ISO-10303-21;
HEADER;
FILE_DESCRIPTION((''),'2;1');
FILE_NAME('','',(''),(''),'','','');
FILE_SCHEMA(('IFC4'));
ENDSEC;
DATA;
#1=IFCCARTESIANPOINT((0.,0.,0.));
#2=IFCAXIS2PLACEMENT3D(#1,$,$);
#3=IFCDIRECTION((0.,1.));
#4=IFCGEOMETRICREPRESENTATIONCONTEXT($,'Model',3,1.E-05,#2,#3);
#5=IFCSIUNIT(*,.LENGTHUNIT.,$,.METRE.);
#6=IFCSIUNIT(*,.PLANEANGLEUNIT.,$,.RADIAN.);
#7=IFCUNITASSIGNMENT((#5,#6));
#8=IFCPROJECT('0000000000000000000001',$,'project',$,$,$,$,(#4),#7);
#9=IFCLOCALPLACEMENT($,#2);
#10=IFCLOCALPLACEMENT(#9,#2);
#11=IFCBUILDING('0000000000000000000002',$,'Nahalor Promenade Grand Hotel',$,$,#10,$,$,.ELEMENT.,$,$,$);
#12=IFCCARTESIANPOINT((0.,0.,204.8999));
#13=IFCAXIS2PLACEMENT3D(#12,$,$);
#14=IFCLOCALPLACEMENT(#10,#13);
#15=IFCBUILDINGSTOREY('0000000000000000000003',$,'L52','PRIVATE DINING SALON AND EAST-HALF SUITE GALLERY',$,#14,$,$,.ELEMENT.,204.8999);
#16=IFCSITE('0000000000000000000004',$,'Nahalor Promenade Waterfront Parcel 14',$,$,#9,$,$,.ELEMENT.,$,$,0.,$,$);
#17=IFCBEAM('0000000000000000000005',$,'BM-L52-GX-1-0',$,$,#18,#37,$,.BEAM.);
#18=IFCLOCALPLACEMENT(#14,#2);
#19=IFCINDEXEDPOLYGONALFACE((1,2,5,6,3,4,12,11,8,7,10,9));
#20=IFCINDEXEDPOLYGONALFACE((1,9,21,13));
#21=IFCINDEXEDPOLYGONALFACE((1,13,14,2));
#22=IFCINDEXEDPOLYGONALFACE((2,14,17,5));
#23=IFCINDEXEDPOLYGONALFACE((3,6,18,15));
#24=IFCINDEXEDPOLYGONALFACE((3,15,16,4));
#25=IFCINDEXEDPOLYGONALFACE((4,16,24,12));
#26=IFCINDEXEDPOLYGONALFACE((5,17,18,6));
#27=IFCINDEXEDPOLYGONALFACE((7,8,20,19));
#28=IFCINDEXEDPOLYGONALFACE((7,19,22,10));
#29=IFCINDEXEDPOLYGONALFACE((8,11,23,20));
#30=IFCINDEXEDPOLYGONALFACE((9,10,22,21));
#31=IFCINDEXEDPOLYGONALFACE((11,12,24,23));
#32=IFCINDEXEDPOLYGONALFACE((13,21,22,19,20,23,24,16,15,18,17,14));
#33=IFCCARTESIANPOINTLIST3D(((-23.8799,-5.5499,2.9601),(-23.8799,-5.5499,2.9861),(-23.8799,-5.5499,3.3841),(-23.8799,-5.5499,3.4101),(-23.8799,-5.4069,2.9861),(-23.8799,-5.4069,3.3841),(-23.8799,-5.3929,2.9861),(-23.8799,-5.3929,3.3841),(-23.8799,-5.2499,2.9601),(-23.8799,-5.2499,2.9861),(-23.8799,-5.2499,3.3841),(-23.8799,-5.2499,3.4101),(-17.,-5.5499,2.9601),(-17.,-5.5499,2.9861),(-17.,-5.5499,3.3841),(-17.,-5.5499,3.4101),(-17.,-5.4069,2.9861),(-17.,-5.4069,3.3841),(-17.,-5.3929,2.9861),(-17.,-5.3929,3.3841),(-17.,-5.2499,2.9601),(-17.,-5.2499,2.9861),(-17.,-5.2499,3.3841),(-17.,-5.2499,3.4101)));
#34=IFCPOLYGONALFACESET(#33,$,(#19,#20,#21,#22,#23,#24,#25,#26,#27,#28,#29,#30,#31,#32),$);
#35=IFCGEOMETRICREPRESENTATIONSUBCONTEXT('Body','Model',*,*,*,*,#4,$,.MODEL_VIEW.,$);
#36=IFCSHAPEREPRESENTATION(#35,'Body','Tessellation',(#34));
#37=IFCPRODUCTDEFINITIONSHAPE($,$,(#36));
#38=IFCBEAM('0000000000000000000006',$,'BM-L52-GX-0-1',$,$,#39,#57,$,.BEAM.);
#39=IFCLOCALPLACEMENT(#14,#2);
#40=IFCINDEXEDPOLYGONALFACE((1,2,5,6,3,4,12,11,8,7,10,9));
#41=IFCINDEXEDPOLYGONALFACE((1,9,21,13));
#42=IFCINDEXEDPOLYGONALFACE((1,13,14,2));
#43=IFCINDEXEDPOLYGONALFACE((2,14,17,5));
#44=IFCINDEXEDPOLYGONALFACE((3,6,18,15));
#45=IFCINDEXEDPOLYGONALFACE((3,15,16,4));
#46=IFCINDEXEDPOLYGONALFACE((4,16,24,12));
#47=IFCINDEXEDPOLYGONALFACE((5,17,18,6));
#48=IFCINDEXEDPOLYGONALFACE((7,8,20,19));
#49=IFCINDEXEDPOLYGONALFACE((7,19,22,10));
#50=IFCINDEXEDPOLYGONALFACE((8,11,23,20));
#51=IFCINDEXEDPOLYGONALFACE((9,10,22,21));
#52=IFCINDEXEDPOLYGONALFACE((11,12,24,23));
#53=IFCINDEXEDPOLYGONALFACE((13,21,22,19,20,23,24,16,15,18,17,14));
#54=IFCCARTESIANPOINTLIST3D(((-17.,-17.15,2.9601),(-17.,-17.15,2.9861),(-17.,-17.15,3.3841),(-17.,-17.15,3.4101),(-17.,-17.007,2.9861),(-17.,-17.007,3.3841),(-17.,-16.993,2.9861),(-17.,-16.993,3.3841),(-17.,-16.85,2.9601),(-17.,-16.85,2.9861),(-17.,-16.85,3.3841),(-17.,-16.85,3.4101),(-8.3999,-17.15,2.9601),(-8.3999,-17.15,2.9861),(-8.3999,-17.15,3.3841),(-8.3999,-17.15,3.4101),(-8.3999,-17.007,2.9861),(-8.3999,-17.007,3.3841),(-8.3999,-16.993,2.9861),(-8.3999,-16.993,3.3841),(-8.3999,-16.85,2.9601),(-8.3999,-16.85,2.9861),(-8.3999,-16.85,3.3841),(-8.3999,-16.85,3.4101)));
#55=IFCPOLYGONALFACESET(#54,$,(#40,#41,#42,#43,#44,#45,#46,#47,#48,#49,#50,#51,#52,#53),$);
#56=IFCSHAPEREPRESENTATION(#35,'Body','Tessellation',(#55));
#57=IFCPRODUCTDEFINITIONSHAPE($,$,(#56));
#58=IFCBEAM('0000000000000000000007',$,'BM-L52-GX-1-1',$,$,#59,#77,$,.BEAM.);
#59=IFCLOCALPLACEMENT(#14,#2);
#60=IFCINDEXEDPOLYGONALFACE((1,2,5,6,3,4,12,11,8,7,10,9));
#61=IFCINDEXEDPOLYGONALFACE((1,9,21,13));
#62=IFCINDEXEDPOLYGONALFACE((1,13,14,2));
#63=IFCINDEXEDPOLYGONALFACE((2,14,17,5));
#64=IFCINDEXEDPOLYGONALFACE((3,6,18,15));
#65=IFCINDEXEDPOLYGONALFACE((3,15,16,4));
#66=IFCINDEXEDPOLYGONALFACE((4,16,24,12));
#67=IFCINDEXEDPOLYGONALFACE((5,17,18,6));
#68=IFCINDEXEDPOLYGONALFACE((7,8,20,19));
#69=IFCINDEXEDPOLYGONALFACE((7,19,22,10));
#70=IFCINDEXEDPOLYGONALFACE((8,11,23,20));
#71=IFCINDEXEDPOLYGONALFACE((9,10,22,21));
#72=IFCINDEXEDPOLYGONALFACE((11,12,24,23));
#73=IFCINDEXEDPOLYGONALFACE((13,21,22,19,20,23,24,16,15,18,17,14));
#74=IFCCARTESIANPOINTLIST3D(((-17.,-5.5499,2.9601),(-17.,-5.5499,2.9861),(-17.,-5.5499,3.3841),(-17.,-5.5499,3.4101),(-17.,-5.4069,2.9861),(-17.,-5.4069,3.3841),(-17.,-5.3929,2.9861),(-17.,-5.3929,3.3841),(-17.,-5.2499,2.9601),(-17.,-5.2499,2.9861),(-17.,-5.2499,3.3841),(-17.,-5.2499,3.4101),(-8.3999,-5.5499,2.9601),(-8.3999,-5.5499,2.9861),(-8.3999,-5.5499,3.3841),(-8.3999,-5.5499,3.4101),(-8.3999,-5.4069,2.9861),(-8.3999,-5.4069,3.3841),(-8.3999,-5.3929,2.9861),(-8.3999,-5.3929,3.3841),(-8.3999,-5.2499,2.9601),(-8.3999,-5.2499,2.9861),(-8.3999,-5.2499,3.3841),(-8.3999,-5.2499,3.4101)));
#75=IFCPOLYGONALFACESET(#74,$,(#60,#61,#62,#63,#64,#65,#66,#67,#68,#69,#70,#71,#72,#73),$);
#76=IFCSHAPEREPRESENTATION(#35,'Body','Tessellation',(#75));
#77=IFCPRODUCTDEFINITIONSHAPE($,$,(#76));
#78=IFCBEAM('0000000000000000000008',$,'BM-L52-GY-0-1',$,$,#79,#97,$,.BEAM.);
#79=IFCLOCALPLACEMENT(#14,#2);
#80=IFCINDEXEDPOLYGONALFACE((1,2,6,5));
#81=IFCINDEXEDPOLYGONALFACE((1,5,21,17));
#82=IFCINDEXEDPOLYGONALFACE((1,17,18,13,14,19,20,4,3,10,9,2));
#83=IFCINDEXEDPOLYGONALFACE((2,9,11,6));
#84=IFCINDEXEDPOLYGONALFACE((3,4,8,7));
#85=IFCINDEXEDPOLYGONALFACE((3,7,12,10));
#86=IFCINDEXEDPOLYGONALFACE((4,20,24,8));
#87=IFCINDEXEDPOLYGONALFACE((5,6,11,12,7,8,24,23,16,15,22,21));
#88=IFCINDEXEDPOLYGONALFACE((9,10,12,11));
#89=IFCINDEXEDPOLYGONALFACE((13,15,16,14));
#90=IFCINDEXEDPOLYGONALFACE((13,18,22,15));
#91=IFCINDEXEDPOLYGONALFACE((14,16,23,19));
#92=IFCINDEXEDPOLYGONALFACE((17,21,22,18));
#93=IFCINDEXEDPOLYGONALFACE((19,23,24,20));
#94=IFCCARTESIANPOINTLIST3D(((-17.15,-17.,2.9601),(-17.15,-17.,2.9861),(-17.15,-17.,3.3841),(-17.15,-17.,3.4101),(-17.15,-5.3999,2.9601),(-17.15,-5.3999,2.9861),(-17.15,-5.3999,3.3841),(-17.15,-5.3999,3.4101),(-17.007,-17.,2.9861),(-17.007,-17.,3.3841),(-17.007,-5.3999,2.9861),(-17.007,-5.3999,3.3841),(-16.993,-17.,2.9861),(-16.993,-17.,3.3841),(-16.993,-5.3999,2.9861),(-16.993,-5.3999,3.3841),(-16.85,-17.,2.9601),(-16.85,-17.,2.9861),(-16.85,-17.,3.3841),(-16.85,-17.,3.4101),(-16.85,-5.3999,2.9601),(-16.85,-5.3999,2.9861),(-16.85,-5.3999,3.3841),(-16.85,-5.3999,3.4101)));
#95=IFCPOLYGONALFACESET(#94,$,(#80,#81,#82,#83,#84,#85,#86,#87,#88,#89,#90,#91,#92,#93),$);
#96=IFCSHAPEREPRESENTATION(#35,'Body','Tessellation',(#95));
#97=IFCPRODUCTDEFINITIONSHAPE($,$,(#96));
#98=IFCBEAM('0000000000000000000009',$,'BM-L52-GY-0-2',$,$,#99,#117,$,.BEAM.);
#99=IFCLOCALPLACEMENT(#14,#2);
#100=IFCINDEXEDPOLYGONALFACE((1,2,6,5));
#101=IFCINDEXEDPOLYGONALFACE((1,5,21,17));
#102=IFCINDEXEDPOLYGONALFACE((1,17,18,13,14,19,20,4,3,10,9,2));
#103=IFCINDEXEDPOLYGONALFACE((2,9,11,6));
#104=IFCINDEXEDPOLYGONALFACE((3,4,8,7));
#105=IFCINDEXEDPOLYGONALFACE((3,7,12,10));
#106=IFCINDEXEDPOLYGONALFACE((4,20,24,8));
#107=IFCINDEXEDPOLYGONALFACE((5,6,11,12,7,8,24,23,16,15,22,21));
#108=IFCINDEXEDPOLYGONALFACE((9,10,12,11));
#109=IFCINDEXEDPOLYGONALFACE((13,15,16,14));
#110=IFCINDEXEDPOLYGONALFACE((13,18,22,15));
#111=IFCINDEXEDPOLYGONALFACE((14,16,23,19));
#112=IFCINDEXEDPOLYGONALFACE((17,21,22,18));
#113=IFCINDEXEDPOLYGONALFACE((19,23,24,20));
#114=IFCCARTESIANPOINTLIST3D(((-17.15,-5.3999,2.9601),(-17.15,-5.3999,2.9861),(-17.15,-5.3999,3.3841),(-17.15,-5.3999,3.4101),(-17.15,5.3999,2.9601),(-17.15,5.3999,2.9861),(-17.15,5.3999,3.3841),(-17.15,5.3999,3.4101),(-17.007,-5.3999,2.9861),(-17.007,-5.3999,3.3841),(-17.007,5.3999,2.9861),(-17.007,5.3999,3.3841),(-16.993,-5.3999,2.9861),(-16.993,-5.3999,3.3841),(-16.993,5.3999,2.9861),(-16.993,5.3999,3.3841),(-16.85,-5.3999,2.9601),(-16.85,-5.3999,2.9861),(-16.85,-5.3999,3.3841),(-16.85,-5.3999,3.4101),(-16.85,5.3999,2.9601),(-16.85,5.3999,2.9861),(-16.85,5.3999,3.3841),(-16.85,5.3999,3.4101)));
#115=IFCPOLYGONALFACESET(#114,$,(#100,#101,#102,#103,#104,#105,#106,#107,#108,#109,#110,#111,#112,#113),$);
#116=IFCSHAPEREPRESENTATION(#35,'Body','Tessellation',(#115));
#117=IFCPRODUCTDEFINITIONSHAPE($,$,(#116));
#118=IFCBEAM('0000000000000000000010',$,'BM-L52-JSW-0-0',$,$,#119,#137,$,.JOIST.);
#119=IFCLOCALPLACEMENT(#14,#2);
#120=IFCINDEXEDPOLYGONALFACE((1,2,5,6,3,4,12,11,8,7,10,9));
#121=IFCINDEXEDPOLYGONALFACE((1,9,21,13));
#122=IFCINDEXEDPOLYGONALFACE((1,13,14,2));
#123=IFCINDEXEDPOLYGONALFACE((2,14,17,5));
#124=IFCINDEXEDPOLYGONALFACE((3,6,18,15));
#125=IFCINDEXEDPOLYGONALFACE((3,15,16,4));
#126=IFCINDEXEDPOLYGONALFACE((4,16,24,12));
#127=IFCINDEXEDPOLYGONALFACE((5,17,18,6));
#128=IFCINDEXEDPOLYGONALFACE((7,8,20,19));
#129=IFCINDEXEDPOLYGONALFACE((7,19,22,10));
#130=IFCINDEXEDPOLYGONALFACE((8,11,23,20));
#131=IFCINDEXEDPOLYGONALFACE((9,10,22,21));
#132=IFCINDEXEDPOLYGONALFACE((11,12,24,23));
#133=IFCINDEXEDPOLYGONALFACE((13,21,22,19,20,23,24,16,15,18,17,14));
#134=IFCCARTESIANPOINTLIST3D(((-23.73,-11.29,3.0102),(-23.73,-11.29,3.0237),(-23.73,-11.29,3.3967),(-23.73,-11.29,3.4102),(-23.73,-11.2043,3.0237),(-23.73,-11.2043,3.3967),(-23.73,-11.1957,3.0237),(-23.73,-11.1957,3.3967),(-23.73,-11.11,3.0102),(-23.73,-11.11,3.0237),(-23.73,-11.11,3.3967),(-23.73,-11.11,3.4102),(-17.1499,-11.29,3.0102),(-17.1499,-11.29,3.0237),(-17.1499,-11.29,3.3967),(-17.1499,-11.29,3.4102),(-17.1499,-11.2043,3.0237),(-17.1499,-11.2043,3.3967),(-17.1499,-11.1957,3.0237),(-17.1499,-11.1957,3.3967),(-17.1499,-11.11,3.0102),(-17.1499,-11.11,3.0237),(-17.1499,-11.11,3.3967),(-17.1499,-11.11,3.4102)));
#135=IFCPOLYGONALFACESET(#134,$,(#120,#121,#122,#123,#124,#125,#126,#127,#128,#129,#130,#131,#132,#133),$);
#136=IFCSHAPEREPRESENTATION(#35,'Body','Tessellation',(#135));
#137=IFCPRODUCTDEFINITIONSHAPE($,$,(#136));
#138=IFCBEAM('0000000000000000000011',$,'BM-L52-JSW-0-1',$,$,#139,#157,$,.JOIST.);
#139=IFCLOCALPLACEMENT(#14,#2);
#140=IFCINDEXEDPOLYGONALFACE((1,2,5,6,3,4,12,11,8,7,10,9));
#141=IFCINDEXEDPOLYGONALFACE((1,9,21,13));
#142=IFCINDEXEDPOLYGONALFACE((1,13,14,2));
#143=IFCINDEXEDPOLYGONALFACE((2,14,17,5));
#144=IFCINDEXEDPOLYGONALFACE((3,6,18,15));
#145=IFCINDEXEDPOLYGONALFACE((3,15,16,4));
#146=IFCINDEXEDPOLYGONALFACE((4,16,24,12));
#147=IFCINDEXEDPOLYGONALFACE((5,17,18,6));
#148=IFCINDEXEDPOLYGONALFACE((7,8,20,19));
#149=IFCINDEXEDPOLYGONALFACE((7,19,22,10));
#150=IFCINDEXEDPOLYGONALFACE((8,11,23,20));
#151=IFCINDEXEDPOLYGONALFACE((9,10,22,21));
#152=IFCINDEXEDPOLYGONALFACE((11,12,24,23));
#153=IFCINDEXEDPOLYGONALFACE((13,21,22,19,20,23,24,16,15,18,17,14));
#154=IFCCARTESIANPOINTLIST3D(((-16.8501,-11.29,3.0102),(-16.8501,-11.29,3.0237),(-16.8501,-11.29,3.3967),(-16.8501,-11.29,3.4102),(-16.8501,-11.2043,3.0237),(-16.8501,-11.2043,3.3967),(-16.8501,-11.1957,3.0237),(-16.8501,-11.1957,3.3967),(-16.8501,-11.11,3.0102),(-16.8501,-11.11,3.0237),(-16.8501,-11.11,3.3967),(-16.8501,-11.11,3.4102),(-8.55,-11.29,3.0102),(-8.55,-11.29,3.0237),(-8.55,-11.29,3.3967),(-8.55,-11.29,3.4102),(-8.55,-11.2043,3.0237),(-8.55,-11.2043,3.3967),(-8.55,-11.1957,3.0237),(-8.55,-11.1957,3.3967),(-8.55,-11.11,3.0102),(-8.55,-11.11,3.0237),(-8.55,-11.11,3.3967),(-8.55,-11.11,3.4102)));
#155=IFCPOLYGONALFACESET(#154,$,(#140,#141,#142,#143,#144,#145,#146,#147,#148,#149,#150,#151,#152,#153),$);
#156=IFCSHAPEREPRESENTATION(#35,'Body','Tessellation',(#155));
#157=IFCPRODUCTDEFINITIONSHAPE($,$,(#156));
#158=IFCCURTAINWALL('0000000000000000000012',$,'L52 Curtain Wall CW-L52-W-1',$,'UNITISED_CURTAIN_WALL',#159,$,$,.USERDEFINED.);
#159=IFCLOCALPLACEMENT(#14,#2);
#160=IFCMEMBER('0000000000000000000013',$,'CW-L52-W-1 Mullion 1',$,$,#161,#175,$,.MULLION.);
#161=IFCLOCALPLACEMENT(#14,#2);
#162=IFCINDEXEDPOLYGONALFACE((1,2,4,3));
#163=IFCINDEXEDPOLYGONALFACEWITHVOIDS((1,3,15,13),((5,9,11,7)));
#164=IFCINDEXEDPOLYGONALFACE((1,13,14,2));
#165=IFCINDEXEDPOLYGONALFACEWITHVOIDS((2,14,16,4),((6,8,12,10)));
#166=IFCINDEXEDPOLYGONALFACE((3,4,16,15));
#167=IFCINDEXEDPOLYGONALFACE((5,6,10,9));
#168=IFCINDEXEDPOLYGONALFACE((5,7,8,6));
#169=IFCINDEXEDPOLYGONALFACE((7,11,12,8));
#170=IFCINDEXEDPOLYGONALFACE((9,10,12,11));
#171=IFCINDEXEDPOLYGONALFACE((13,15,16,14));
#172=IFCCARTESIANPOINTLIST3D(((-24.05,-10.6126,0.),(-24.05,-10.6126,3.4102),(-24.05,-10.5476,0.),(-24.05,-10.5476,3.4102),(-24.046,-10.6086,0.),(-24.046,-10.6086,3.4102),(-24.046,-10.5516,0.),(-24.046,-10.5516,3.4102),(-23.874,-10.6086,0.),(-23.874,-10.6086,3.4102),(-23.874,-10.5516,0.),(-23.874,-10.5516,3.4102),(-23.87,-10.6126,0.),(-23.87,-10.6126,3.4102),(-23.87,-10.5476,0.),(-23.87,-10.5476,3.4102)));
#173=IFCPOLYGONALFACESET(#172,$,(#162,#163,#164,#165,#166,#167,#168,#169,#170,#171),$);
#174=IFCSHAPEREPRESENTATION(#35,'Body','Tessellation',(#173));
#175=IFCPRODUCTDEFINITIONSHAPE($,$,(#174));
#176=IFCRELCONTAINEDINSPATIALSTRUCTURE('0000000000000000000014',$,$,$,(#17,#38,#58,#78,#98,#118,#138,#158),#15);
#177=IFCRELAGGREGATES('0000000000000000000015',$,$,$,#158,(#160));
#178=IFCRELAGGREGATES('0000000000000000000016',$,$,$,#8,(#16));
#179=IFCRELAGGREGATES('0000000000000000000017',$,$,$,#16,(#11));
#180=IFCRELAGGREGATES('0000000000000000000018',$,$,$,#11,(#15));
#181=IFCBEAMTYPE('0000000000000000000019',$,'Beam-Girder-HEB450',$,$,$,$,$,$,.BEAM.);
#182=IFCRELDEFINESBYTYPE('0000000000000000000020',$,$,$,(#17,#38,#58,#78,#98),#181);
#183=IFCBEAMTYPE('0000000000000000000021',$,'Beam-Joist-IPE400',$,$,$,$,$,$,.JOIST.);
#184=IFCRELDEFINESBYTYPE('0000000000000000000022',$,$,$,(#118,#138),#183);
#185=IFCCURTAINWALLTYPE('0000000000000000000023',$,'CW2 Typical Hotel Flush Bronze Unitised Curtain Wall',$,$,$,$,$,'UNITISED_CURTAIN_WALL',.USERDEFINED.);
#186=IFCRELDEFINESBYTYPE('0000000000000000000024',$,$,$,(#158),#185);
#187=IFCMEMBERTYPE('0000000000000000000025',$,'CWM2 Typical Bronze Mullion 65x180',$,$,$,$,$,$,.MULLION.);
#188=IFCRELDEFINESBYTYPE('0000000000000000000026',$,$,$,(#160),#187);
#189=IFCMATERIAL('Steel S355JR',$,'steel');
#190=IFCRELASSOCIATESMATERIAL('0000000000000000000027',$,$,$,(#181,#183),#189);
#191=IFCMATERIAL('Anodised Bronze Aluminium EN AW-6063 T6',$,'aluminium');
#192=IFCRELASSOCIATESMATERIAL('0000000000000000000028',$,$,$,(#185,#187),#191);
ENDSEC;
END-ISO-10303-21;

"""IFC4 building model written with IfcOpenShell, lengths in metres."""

from ifc_helpers import new_model, si_unit, direction, frame, origin, origin_2d, place, context, subcontext, project, spatial, hollow_rectangle, i_section, extrude, source, transform, mapped, material, material_profile, profile_set, type_object, element, aggregate, save


model = new_model("IFC4")

# Units and contexts
model_context = context("Model", 3, precision=1e-05, world=origin(), true_north=direction((0.0, 1.0)))
body_context = subcontext(model_context, "Body", "Model", "MODEL_VIEW")
ifc_project = project(units=[si_unit("LENGTHUNIT", "METRE"), si_unit("PLANEANGLEUNIT", "RADIAN")], contexts=[model_context])

# Site, building, storey
site_placement = place(None, origin())
site = spatial("IfcSite", under=ifc_project, at=site_placement, Name="Nahalor Promenade Waterfront Parcel 14", CompositionType="ELEMENT", RefElevation=0.0)
building_placement = place(site_placement, origin())
building = spatial("IfcBuilding", under=site, at=building_placement, Name="Nahalor Promenade Grand Hotel", CompositionType="ELEMENT")
storey_placement = place(building_placement, frame((0.0, 0.0, 204.8999)))
storey = spatial("IfcBuildingStorey", under=building, at=storey_placement, Name="L52", Description="PRIVATE DINING SALON AND EAST-HALF SUITE GALLERY", CompositionType="ELEMENT", Elevation=204.8999)

# Shared definitions
ifc_material_1 = material(Name="Steel S355JR", Category="steel")

# Beams
ifc_material_profile_1 = material_profile(ifc_material_1, i_section(OverallWidth=0.3, OverallDepth=0.45, WebThickness=0.014, FlangeThickness=0.026, at=origin_2d()), Name="HEB 450")
ifc_profile_set_1 = profile_set([ifc_material_profile_1], Name="Steel S355JR")
beam_type_1 = type_object("IfcBeamType", Name="Beam-Girder-HEB450", PredefinedType="BEAM", material=ifc_profile_set_1)
shared_shape_1 = source(origin(), body_context, "Body", "SweptSolid", [
    extrude(i_section(OverallWidth=0.3, OverallDepth=0.45, WebThickness=0.014, FlangeThickness=0.026, at=origin_2d()), origin(), (0.0, 0.0, 1.0), 6.8799),
])
for number, where, z_axis, x_axis, name in (
    (1, (-23.8799, -5.3999, 3.1851), (1.0, 0.0, 0.0), (0.0, 1.0, 0.0), "BM-L52-GX-1-0"),
):
    element("IfcBeam", number, at=place(storey_placement, frame(where, z_axis=z_axis, x_axis=x_axis)), inside=storey, type_object=beam_type_1, Name=name, PredefinedType="BEAM", context=body_context, shape_type="MappedRepresentation", body=[
        mapped(shared_shape_1, transform((0.0, 0.0, 0.0), scale=1.0)),
    ])
shared_shape_2 = source(origin(), body_context, "Body", "SweptSolid", [
    extrude(i_section(OverallWidth=0.3, OverallDepth=0.45, WebThickness=0.014, FlangeThickness=0.026, at=origin_2d()), origin(), (0.0, 0.0, 1.0), 8.6001),
])
for number, where, z_axis, x_axis, name in (
    (2, (-17.0, -17.0, 3.1851), (1.0, 0.0, 0.0), (0.0, 1.0, 0.0), "BM-L52-GX-0-1"),
    (3, (-17.0, -5.3999, 3.1851), (1.0, 0.0, 0.0), (0.0, 1.0, 0.0), "BM-L52-GX-1-1"),
):
    element("IfcBeam", number, at=place(storey_placement, frame(where, z_axis=z_axis, x_axis=x_axis)), inside=storey, type_object=beam_type_1, Name=name, PredefinedType="BEAM", context=body_context, shape_type="MappedRepresentation", body=[
        mapped(shared_shape_2, transform((0.0, 0.0, 0.0), scale=1.0)),
    ])
shared_shape_3 = source(origin(), body_context, "Body", "SweptSolid", [
    extrude(i_section(OverallWidth=0.3, OverallDepth=0.45, WebThickness=0.014, FlangeThickness=0.026, at=origin_2d()), origin(), (0.0, 0.0, 1.0), 11.6001),
])
beam_1_placement = place(storey_placement, frame((-17.0, -17.0, 3.1851), z_axis=(0.0, 1.0, 0.0), x_axis=(-1.0, 0.0, 0.0)))
element("IfcBeam", 4, at=beam_1_placement, inside=storey, type_object=beam_type_1, Name="BM-L52-GY-0-1", PredefinedType="BEAM", context=body_context, shape_type="MappedRepresentation", body=[
    mapped(shared_shape_3, transform((0.0, 0.0, 0.0), scale=1.0)),
])
shared_shape_4 = source(origin(), body_context, "Body", "SweptSolid", [
    extrude(i_section(OverallWidth=0.3, OverallDepth=0.45, WebThickness=0.014, FlangeThickness=0.026, at=origin_2d()), origin(), (0.0, 0.0, 1.0), 10.7998),
])
beam_2_placement = place(storey_placement, frame((-17.0, -5.3999, 3.1851), z_axis=(0.0, 1.0, 0.0), x_axis=(-1.0, 0.0, 0.0)))
element("IfcBeam", 5, at=beam_2_placement, inside=storey, type_object=beam_type_1, Name="BM-L52-GY-0-2", PredefinedType="BEAM", context=body_context, shape_type="MappedRepresentation", body=[
    mapped(shared_shape_4, transform((0.0, 0.0, 0.0), scale=1.0)),
])
ifc_material_profile_2 = material_profile(ifc_material_1, i_section(OverallWidth=0.18, OverallDepth=0.4, WebThickness=0.0086, FlangeThickness=0.0135, at=origin_2d()), Name="IPE 400")
ifc_profile_set_2 = profile_set([ifc_material_profile_2], Name="Steel S355JR")
beam_type_2 = type_object("IfcBeamType", Name="Beam-Joist-IPE400", PredefinedType="JOIST", material=ifc_profile_set_2)
shared_shape_5 = source(origin(), body_context, "Body", "SweptSolid", [
    extrude(i_section(OverallWidth=0.18, OverallDepth=0.4, WebThickness=0.0086, FlangeThickness=0.0135, at=origin_2d()), origin(), (0.0, 0.0, 1.0), 6.5801),
])
beam_3_placement = place(storey_placement, frame((-23.73, -11.2, 3.2102), z_axis=(1.0, 0.0, 0.0), x_axis=(0.0, 1.0, 0.0)))
element("IfcBeam", 6, at=beam_3_placement, inside=storey, type_object=beam_type_2, Name="BM-L52-JSW-0-0", PredefinedType="JOIST", context=body_context, shape_type="MappedRepresentation", body=[
    mapped(shared_shape_5, transform((0.0, 0.0, 0.0), scale=1.0)),
])
shared_shape_6 = source(origin(), body_context, "Body", "SweptSolid", [
    extrude(i_section(OverallWidth=0.18, OverallDepth=0.4, WebThickness=0.0086, FlangeThickness=0.0135, at=origin_2d()), origin(), (0.0, 0.0, 1.0), 8.3),
])
beam_4_placement = place(storey_placement, frame((-16.8501, -11.2, 3.2102), z_axis=(1.0, 0.0, 0.0), x_axis=(0.0, 1.0, 0.0)))
element("IfcBeam", 7, at=beam_4_placement, inside=storey, type_object=beam_type_2, Name="BM-L52-JSW-0-1", PredefinedType="JOIST", context=body_context, shape_type="MappedRepresentation", body=[
    mapped(shared_shape_6, transform((0.0, 0.0, 0.0), scale=1.0)),
])

# Curtain wall, member
ifc_material_2 = material(Name="Anodised Bronze Aluminium EN AW-6063 T6", Category="aluminium")
curtain_wall_type = type_object("IfcCurtainWallType", Name="CW2 Typical Hotel Flush Bronze Unitised Curtain Wall", ElementType="UNITISED_CURTAIN_WALL", PredefinedType="USERDEFINED", material=ifc_material_2)
curtain_wall_placement = place(storey_placement, origin())
curtain_wall = element("IfcCurtainWall", 8, at=curtain_wall_placement, inside=storey, type_object=curtain_wall_type, Name="L52 Curtain Wall CW-L52-W-1", ObjectType="UNITISED_CURTAIN_WALL", PredefinedType="USERDEFINED")
ifc_material_profile_3 = material_profile(ifc_material_2, hollow_rectangle(XDim=0.065, YDim=0.18, WallThickness=0.004, at=origin_2d()), Name="CWM 65x180x4")
ifc_profile_set_3 = profile_set([ifc_material_profile_3], Name="Anodised Bronze Aluminium EN AW-6063 T6")
member_type_1 = type_object("IfcMemberType", Name="CWM2 Typical Bronze Mullion 65x180", PredefinedType="MULLION", material=ifc_profile_set_3)
shared_shape_7 = source(origin(), body_context, "Body", "SweptSolid", [
    extrude(hollow_rectangle(XDim=0.065, YDim=0.18, WallThickness=0.004, at=origin_2d()), origin(), (0.0, 0.0, 1.0), 3.4102),
])
member_1_placement = place(storey_placement, frame((-23.96, -10.5801, 0.0), z_axis=(0.0, 0.0, 1.0), x_axis=(0.0, 1.0, 0.0)))
member_1 = element("IfcMember", 9, at=member_1_placement, type_object=member_type_1, Name="CW-L52-W-1 Mullion 1", PredefinedType="MULLION", context=body_context, shape_type="MappedRepresentation", body=[
    mapped(shared_shape_7, transform((0.0, 0.0, 0.0), scale=1.0)),
])
aggregate(curtain_wall, [member_1])

save(model, "model.ifc")
